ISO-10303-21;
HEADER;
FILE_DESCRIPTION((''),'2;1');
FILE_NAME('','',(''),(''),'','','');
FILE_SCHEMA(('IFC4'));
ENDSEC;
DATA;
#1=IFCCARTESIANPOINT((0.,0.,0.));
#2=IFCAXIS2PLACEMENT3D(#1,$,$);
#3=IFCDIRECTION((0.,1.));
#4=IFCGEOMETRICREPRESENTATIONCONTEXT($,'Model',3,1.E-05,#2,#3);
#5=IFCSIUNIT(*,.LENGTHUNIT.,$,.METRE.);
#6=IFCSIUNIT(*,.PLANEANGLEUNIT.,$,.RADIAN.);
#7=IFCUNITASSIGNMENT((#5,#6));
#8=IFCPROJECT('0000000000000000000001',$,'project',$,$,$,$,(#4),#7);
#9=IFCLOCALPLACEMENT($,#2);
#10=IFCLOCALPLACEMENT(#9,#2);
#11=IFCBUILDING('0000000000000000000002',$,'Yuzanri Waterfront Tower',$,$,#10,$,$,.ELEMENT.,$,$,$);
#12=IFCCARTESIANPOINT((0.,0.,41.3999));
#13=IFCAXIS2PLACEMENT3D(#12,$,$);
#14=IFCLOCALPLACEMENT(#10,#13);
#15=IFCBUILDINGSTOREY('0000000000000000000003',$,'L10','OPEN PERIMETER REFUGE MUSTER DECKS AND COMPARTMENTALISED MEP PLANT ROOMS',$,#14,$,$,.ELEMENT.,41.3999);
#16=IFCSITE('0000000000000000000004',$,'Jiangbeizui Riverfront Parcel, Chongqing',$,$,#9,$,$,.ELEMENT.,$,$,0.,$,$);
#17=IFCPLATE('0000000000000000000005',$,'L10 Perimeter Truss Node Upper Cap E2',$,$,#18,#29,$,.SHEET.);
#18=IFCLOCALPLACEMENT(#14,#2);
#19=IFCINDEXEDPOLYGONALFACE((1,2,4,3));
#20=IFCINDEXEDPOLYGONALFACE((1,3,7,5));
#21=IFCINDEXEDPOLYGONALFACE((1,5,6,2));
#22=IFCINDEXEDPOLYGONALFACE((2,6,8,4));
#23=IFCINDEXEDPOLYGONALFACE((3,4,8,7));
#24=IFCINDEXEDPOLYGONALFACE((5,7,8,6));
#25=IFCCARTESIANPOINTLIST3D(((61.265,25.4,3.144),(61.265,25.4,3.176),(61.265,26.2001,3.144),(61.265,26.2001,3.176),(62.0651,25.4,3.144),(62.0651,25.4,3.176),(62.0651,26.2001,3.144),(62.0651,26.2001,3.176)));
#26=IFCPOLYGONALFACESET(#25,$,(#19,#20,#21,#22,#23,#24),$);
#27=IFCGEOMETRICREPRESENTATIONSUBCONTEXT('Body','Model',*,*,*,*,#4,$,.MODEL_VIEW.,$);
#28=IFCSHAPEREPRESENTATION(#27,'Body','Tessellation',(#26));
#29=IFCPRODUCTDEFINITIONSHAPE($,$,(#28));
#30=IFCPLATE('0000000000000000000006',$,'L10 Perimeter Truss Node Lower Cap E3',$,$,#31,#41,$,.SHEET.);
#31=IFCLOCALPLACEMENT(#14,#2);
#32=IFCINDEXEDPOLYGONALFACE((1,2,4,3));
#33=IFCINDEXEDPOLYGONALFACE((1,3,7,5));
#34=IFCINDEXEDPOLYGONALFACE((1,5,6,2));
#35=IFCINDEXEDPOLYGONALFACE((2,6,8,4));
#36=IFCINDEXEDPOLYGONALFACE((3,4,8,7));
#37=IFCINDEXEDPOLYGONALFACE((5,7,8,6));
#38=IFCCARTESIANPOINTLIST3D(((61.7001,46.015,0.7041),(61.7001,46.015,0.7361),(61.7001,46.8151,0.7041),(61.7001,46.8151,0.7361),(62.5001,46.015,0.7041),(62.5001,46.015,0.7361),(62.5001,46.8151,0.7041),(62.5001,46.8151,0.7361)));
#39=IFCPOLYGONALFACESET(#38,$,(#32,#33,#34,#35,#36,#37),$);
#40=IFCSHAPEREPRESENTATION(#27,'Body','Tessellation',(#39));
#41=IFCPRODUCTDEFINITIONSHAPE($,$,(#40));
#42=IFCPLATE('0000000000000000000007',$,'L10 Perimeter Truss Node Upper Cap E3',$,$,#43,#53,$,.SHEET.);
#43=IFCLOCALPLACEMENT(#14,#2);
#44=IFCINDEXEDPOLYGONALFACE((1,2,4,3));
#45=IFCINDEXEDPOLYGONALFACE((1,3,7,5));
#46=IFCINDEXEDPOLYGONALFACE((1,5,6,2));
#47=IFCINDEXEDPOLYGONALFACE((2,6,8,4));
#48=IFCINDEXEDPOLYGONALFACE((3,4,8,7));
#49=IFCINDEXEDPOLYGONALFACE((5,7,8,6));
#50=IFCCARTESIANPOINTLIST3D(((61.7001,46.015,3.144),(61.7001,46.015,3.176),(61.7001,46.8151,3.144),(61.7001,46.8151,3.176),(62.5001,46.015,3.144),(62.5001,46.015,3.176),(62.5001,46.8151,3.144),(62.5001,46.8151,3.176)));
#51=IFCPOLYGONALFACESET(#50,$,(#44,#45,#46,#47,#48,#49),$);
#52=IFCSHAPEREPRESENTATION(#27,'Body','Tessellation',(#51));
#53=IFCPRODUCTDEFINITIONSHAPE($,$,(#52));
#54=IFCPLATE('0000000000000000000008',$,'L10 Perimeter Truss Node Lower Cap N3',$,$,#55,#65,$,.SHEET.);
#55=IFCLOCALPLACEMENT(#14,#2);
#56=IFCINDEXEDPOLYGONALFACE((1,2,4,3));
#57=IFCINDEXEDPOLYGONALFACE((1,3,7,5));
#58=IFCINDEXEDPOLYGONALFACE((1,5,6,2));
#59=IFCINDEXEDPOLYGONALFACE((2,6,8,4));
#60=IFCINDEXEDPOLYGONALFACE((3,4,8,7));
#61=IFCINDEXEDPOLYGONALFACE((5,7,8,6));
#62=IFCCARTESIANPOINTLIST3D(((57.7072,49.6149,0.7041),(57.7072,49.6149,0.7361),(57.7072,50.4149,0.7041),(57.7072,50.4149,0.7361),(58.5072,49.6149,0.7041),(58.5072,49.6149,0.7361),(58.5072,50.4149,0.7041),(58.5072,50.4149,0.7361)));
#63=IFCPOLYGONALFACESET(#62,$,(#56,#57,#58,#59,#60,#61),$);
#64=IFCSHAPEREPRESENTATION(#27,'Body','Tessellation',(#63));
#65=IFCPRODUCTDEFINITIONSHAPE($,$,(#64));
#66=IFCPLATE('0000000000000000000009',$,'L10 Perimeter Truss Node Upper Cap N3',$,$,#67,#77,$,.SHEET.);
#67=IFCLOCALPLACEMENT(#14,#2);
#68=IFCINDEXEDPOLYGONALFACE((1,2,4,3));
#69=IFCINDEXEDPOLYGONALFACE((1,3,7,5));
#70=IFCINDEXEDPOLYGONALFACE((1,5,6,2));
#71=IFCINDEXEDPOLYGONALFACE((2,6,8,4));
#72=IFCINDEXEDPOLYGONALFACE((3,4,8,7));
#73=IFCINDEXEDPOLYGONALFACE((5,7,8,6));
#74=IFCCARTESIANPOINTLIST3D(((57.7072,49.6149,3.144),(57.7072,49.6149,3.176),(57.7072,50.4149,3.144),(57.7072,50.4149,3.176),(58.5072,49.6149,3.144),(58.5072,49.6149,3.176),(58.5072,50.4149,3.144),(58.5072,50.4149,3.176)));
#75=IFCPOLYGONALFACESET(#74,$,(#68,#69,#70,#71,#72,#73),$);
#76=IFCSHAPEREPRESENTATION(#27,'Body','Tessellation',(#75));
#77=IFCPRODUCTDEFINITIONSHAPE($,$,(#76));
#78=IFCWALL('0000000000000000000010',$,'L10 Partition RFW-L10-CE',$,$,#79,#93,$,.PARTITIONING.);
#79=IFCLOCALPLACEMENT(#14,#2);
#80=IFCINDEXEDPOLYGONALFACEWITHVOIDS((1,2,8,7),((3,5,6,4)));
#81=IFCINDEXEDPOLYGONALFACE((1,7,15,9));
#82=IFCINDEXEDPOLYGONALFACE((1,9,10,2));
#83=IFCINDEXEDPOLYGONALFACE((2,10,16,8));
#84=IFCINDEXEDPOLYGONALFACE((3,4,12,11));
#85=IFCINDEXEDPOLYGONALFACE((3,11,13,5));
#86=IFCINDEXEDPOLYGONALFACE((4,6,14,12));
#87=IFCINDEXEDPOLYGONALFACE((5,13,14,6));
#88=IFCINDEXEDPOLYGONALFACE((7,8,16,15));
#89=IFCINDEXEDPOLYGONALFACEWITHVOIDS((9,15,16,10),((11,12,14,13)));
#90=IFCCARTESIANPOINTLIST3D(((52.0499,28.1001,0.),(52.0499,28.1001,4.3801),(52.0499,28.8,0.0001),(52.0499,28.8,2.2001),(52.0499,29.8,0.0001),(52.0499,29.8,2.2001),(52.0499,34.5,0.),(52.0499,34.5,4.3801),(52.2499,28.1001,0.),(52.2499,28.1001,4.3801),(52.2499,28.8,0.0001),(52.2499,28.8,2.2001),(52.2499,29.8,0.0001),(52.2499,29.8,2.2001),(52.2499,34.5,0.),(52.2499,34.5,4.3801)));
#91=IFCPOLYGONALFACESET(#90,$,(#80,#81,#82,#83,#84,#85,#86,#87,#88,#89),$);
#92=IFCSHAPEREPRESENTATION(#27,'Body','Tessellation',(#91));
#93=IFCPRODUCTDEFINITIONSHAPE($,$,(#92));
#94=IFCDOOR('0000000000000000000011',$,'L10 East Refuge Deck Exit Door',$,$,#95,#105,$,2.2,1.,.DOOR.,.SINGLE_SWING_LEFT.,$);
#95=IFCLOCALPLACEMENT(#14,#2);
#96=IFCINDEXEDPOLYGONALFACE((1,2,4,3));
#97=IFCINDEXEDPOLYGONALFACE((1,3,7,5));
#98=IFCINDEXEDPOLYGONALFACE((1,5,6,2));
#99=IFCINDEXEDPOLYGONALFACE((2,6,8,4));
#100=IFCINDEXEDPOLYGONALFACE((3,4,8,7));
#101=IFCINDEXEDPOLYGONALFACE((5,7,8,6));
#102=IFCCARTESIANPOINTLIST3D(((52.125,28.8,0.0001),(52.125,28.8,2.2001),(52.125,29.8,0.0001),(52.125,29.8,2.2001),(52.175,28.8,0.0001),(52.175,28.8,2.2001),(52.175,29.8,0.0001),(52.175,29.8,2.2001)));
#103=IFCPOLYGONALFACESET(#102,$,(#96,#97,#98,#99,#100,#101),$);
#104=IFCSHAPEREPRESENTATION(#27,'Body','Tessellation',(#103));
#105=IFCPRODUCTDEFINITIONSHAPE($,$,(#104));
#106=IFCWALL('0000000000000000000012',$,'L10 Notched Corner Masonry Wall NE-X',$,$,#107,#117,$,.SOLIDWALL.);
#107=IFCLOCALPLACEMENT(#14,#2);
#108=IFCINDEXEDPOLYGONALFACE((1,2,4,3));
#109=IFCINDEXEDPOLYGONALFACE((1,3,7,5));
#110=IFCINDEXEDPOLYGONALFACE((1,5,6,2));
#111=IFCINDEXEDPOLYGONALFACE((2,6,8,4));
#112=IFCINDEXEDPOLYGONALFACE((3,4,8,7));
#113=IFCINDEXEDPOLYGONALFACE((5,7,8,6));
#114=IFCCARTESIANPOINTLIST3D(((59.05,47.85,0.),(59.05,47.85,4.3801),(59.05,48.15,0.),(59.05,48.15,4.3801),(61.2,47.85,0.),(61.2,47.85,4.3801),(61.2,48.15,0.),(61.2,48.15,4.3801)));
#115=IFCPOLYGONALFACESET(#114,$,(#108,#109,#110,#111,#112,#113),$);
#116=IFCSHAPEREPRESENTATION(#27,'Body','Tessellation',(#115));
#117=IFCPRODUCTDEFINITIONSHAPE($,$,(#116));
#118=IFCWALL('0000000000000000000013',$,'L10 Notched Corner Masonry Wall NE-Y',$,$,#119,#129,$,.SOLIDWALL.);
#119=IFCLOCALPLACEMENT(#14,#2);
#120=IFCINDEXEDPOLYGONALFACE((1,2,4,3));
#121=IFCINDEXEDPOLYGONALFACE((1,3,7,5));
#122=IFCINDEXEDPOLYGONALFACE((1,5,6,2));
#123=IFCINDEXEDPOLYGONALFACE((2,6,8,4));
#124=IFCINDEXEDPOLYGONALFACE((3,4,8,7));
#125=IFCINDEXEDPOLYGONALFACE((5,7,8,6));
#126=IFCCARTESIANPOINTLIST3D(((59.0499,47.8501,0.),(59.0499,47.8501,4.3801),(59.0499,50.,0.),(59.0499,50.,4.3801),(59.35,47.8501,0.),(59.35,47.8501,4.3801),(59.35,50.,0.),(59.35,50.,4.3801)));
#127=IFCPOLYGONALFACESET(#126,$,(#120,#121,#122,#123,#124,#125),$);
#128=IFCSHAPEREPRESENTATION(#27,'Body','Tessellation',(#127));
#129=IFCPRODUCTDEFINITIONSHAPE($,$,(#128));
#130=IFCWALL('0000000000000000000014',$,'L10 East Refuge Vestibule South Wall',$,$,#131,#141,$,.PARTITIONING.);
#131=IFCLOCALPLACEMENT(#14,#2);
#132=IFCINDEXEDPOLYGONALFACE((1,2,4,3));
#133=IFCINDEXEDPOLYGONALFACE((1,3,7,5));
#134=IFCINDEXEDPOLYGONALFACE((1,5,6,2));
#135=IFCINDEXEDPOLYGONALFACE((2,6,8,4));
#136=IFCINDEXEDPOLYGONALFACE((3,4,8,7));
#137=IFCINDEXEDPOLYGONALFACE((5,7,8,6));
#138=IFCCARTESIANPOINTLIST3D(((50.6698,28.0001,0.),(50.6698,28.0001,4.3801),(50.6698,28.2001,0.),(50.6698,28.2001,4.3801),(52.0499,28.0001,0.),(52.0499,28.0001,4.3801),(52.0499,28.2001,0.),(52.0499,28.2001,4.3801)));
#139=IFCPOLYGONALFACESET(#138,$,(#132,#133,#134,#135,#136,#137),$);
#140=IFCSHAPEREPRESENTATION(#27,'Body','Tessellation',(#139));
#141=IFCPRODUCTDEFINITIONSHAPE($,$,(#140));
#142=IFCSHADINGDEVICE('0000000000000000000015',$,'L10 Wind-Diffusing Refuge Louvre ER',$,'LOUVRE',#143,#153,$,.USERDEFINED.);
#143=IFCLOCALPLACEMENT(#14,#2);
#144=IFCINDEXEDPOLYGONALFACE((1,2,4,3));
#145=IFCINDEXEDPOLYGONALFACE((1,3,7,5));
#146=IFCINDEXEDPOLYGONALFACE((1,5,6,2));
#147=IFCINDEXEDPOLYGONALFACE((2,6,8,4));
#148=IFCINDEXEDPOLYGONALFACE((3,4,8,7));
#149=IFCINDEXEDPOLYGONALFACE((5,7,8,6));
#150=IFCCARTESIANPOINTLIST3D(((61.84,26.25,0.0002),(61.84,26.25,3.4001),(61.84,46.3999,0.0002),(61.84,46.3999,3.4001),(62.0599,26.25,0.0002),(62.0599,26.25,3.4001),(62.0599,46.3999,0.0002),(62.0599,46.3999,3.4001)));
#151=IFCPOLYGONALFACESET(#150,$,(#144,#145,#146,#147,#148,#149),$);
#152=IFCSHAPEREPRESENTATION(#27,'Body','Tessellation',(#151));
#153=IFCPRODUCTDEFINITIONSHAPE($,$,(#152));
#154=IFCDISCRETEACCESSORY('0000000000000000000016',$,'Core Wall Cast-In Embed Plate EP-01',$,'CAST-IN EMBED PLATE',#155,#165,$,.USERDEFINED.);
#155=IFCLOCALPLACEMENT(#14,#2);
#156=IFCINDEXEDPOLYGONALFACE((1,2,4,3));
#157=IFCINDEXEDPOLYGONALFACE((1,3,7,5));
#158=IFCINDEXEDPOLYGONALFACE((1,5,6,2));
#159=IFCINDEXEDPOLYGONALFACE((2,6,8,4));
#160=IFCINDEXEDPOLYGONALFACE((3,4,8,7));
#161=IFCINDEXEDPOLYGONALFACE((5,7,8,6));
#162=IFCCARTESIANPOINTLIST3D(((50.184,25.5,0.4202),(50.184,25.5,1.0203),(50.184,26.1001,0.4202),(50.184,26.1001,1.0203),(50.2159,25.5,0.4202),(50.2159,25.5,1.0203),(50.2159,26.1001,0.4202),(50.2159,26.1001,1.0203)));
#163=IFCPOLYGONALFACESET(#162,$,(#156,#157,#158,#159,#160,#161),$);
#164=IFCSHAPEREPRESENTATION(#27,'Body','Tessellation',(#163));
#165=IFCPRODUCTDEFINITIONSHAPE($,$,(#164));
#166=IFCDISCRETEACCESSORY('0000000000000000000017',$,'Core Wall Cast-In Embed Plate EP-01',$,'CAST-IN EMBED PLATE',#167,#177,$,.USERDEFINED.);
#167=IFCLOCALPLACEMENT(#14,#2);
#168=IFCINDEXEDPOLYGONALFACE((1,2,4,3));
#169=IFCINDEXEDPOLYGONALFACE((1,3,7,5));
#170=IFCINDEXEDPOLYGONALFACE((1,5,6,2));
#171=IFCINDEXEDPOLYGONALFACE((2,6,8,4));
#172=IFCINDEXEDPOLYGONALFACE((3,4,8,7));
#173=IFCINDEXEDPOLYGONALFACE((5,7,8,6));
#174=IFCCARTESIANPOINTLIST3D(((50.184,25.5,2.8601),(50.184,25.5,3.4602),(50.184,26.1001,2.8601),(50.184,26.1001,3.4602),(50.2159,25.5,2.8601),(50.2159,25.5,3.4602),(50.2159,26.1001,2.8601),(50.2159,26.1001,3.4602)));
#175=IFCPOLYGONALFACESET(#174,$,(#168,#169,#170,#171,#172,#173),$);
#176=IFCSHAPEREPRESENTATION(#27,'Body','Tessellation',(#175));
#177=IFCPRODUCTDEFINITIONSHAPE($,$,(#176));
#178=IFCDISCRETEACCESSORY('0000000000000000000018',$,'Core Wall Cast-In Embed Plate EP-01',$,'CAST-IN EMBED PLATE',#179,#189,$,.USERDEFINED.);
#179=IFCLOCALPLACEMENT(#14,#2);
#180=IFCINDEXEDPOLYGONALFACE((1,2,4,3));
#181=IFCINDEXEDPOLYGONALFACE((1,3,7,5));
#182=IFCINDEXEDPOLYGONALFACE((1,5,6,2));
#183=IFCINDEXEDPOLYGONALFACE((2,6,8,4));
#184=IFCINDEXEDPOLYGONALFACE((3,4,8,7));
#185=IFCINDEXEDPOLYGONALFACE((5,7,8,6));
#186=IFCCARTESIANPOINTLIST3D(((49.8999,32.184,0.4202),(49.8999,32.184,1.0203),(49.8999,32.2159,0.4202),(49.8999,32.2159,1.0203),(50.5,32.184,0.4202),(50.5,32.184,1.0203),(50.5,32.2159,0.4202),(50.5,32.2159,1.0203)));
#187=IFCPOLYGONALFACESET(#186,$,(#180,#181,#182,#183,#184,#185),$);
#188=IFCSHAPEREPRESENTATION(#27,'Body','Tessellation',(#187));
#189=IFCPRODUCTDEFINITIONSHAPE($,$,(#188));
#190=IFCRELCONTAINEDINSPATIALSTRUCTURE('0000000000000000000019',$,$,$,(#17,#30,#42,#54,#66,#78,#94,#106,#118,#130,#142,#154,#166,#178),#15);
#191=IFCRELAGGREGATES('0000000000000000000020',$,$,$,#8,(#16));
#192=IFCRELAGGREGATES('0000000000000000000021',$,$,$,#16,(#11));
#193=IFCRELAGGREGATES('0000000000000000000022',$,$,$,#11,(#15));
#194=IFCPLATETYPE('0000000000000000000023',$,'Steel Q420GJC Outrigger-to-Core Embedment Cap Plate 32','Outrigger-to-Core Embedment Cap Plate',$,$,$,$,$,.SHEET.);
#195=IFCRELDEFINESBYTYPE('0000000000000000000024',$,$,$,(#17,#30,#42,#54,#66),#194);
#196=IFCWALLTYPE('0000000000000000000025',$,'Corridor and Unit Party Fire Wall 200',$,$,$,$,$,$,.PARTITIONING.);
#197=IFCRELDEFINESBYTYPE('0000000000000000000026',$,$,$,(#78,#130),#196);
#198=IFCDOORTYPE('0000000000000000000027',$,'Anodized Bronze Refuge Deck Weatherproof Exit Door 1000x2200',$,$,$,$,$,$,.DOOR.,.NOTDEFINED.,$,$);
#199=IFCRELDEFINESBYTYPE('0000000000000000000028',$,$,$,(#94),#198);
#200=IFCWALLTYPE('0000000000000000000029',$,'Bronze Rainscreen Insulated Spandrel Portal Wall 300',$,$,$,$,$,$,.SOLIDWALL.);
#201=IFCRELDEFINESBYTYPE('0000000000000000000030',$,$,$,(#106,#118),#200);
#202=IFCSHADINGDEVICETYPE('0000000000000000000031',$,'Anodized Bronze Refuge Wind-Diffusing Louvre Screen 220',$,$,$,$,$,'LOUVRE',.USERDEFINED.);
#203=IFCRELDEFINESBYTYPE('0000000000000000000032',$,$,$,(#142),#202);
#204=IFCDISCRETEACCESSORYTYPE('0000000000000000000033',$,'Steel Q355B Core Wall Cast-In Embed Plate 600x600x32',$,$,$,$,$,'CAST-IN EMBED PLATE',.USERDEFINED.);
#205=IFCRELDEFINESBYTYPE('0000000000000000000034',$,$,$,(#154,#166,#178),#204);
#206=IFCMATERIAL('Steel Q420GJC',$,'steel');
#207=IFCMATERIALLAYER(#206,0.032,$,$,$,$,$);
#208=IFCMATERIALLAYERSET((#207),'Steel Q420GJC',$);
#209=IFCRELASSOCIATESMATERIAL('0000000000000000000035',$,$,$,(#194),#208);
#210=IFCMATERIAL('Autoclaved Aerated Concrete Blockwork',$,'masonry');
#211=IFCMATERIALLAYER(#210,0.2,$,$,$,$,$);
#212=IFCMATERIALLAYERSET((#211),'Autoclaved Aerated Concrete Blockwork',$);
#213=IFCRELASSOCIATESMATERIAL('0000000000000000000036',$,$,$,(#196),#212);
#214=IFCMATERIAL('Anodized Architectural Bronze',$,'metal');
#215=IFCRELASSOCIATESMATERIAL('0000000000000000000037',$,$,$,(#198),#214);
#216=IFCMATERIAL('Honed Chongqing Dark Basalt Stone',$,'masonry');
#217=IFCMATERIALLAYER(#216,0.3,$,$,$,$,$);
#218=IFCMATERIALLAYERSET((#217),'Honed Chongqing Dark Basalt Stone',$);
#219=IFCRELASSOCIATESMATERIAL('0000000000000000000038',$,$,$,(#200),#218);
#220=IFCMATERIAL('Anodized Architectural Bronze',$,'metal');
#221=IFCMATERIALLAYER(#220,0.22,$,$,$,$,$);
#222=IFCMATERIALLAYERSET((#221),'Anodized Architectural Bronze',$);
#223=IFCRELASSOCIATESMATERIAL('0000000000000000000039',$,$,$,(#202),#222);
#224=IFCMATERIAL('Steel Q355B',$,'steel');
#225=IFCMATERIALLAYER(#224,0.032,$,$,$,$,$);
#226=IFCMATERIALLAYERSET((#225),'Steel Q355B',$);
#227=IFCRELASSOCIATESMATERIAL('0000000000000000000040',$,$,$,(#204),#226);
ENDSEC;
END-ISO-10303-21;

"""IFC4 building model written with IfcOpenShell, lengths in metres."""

from ifc_helpers import new_model, si_unit, direction, frame, frame_2d, origin, origin_2d, place, context, subcontext, project, spatial, rectangle, extrude, source, transform, mapped, material, layer, layer_set, type_object, element, fill, save


model = new_model("IFC4")

# Units and contexts
model_context = context("Model", 3, precision=1e-05, world=origin(), true_north=direction((0.0, 1.0)))
body_context = subcontext(model_context, "Body", "Model", "MODEL_VIEW")
ifc_project = project(units=[si_unit("LENGTHUNIT", "METRE"), si_unit("PLANEANGLEUNIT", "RADIAN")], contexts=[model_context])

# Site, building, storey
site_placement = place(None, origin())
site = spatial("IfcSite", under=ifc_project, at=site_placement, Name="Jiangbeizui Riverfront Parcel, Chongqing", CompositionType="ELEMENT", RefElevation=0.0)
building_placement = place(site_placement, origin())
building = spatial("IfcBuilding", under=site, at=building_placement, Name="Yuzanri Waterfront Tower", CompositionType="ELEMENT")
storey_placement = place(building_placement, frame((0.0, 0.0, 41.3999)))
storey = spatial("IfcBuildingStorey", under=building, at=storey_placement, Name="L10", Description="OPEN PERIMETER REFUGE MUSTER DECKS AND COMPARTMENTALISED MEP PLANT ROOMS", CompositionType="ELEMENT", Elevation=41.3999)

# Plates
ifc_material_1 = material(Name="Steel Q420GJC", Category="steel")
ifc_layer_1 = layer(ifc_material_1, 0.032)
ifc_layer_set_1 = layer_set([ifc_layer_1], Name="Steel Q420GJC")
plate_type_1 = type_object("IfcPlateType", Name="Steel Q420GJC Outrigger-to-Core Embedment Cap Plate 32", Description="Outrigger-to-Core Embedment Cap Plate", PredefinedType="SHEET", material=ifc_layer_set_1)
shared_shape_1 = source(origin(), body_context, "Body", "SweptSolid", [
    extrude(rectangle(XDim=0.8, YDim=0.8, at=origin_2d()), origin(), (0.0, 0.0, 1.0), 0.032),
])
for number, where, z_axis, x_axis, name in (
    (1, (61.665, 25.8, 3.144), (0.0, 0.0, 1.0), (1.0, 0.0, 0.0), "L10 Perimeter Truss Node Upper Cap E2"),
    (2, (62.1001, 46.415, 0.7041), (0.0, 0.0, 1.0), (1.0, 0.0, 0.0), "L10 Perimeter Truss Node Lower Cap E3"),
    (3, (62.1001, 46.415, 3.144), (0.0, 0.0, 1.0), (1.0, 0.0, 0.0), "L10 Perimeter Truss Node Upper Cap E3"),
    (4, (58.1072, 50.0149, 0.7041), (0.0, 0.0, 1.0), (1.0, 0.0, 0.0), "L10 Perimeter Truss Node Lower Cap N3"),
    (5, (58.1072, 50.0149, 3.144), (0.0, 0.0, 1.0), (1.0, 0.0, 0.0), "L10 Perimeter Truss Node Upper Cap N3"),
):
    element("IfcPlate", number, at=place(storey_placement, frame(where, z_axis=z_axis, x_axis=x_axis)), inside=storey, type_object=plate_type_1, Name=name, PredefinedType="SHEET", context=body_context, shape_type="MappedRepresentation", body=[
        mapped(shared_shape_1, transform((0.0, 0.0, 0.0), scale=1.0)),
    ])

# Wall, opening, door
ifc_material_2 = material(Name="Autoclaved Aerated Concrete Blockwork", Category="masonry")
ifc_layer_2 = layer(ifc_material_2, 0.2)
ifc_layer_set_2 = layer_set([ifc_layer_2], Name="Autoclaved Aerated Concrete Blockwork")
wall_type_1 = type_object("IfcWallType", Name="Corridor and Unit Party Fire Wall 200", PredefinedType="PARTITIONING", material=ifc_layer_set_2)
wall_1_placement = place(storey_placement, frame((52.1499, 28.1001, 0.0), z_axis=(0.0, 0.0, 1.0), x_axis=(0.0, 1.0, 0.0)))
wall_1 = element("IfcWall", 6, at=wall_1_placement, inside=storey, type_object=wall_type_1, Name="L10 Partition RFW-L10-CE", PredefinedType="PARTITIONING", context=body_context, shape_type="SweptSolid", body=[
    extrude(rectangle(XDim=6.3999, YDim=0.2, at=frame_2d((3.2, 0.0))), origin(), (0.0, 0.0, 1.0), 4.3801),
])
opening_placement = place(wall_1_placement, frame((0.7, 0.0, 0.0)))
opening = element("IfcOpeningElement", 7, at=opening_placement, cuts=wall_1, PredefinedType="OPENING", context=body_context, shape_type="SweptSolid", body=[
    extrude(rectangle(XDim=1.0, YDim=2.2, at=frame_2d((0.5, 1.1001))), frame((0.0, 0.1147, 0.0), z_axis=(0.0, -1.0, 0.0), x_axis=(1.0, 0.0, 0.0)), (0.0, 0.0, 1.0), 0.2297),
])
ifc_material_3 = material(Name="Anodized Architectural Bronze", Category="metal")
door_type = type_object("IfcDoorType", Name="Anodized Bronze Refuge Deck Weatherproof Exit Door 1000x2200", OperationType="NOTDEFINED", PredefinedType="DOOR", material=ifc_material_3)
shared_shape_2 = source(origin(), body_context, "Body", "SweptSolid", [
    extrude(rectangle(XDim=1.0, YDim=2.2, at=frame_2d((0.5, 1.1001))), frame((0.0, 0.0249, 0.0), z_axis=(0.0, -1.0, 0.0), x_axis=(1.0, 0.0, 0.0)), (0.0, 0.0, 1.0), 0.05),
])
door_placement = place(opening_placement, origin())
door = element("IfcDoor", 8, at=door_placement, inside=storey, type_object=door_type, Name="L10 East Refuge Deck Exit Door", OperationType="SINGLE_SWING_LEFT", OverallHeight=2.2, OverallWidth=1.0, PredefinedType="DOOR", context=body_context, shape_type="MappedRepresentation", body=[
    mapped(shared_shape_2, transform((0.0, 0.0, 0.0), scale=1.0)),
])
fill(opening, door)

# Walls
ifc_material_4 = material(Name="Honed Chongqing Dark Basalt Stone", Category="masonry")
ifc_layer_3 = layer(ifc_material_4, 0.3)
ifc_layer_set_3 = layer_set([ifc_layer_3], Name="Honed Chongqing Dark Basalt Stone")
wall_type_2 = type_object("IfcWallType", Name="Bronze Rainscreen Insulated Spandrel Portal Wall 300", PredefinedType="SOLIDWALL", material=ifc_layer_set_3)
shared_shape_3 = source(origin(), body_context, "Body", "SweptSolid", [
    extrude(rectangle(XDim=2.1499, YDim=0.3, at=frame_2d((1.075, 0.0))), origin(), (0.0, 0.0, 1.0), 4.3801),
])
for number, where, z_axis, x_axis, name in (
    (9, (61.2, 48.0, 0.0), (0.0, 0.0, 1.0), (-1.0, 0.0, 0.0), "L10 Notched Corner Masonry Wall NE-X"),
    (10, (59.2, 47.8501, 0.0), (0.0, 0.0, 1.0), (0.0, 1.0, 0.0), "L10 Notched Corner Masonry Wall NE-Y"),
):
    element("IfcWall", number, at=place(storey_placement, frame(where, z_axis=z_axis, x_axis=x_axis)), inside=storey, type_object=wall_type_2, Name=name, PredefinedType="SOLIDWALL", context=body_context, shape_type="MappedRepresentation", body=[
        mapped(shared_shape_3, transform((0.0, 0.0, 0.0), scale=1.0)),
    ])
shared_shape_4 = source(origin(), body_context, "Body", "SweptSolid", [
    extrude(rectangle(XDim=1.3801, YDim=0.2, at=frame_2d((0.6899, 0.0))), origin(), (0.0, 0.0, 1.0), 4.3801),
])
wall_2_placement = place(storey_placement, frame((50.6699, 28.1001, 0.0), z_axis=(0.0, 0.0, 1.0), x_axis=(1.0, 0.0, 0.0)))
element("IfcWall", 11, at=wall_2_placement, inside=storey, type_object=wall_type_1, Name="L10 East Refuge Vestibule South Wall", PredefinedType="PARTITIONING", context=body_context, shape_type="MappedRepresentation", body=[
    mapped(shared_shape_4, transform((0.0, 0.0, 0.0), scale=1.0)),
])

# Shading device
ifc_material_5 = material(Name="Anodized Architectural Bronze", Category="metal")
ifc_layer_4 = layer(ifc_material_5, 0.22)
ifc_layer_set_4 = layer_set([ifc_layer_4], Name="Anodized Architectural Bronze")
shading_device_type = type_object("IfcShadingDeviceType", Name="Anodized Bronze Refuge Wind-Diffusing Louvre Screen 220", ElementType="LOUVRE", PredefinedType="USERDEFINED", material=ifc_layer_set_4)
shared_shape_5 = source(origin(), body_context, "Body", "SweptSolid", [
    extrude(rectangle(XDim=0.22, YDim=20.1499, at=origin_2d()), origin(), (0.0, 0.0, 1.0), 3.3999),
])
shading_device_placement = place(storey_placement, frame((61.95, 36.325, 0.0002), z_axis=(0.0, 0.0, 1.0), x_axis=(1.0, 0.0, 0.0)))
element("IfcShadingDevice", 12, at=shading_device_placement, inside=storey, type_object=shading_device_type, Name="L10 Wind-Diffusing Refuge Louvre ER", ObjectType="LOUVRE", PredefinedType="USERDEFINED", context=body_context, shape_type="MappedRepresentation", body=[
    mapped(shared_shape_5, transform((0.0, 0.0, 0.0), scale=1.0)),
])

# Discrete accessories
ifc_material_6 = material(Name="Steel Q355B", Category="steel")
ifc_layer_5 = layer(ifc_material_6, 0.032)
ifc_layer_set_5 = layer_set([ifc_layer_5], Name="Steel Q355B")
discrete_accessory_type = type_object("IfcDiscreteAccessoryType", Name="Steel Q355B Core Wall Cast-In Embed Plate 600x600x32", ElementType="CAST-IN EMBED PLATE", PredefinedType="USERDEFINED", material=ifc_layer_set_5)
shared_shape_6 = source(origin(), body_context, "Body", "SweptSolid", [
    extrude(rectangle(XDim=0.6001, YDim=0.032, at=origin_2d()), origin(), (0.0, 0.0, 1.0), 0.6001),
])
for number, where, z_axis, x_axis, name in (
    (13, (50.2, 25.8, 0.4202), (0.0, 0.0, 1.0), (0.0, 1.0, 0.0), "Core Wall Cast-In Embed Plate EP-01"),
    (14, (50.2, 25.8, 2.8601), (0.0, 0.0, 1.0), (0.0, 1.0, 0.0), "Core Wall Cast-In Embed Plate EP-01"),
    (15, (50.2, 32.2, 0.4202), (0.0, 0.0, 1.0), (1.0, 0.0, 0.0), "Core Wall Cast-In Embed Plate EP-01"),
):
    element("IfcDiscreteAccessory", number, at=place(storey_placement, frame(where, z_axis=z_axis, x_axis=x_axis)), inside=storey, type_object=discrete_accessory_type, Name=name, ObjectType="CAST-IN EMBED PLATE", PredefinedType="USERDEFINED", context=body_context, shape_type="MappedRepresentation", body=[
        mapped(shared_shape_6, transform((0.0, 0.0, 0.0), scale=1.0)),
    ])

save(model, "model.ifc")
